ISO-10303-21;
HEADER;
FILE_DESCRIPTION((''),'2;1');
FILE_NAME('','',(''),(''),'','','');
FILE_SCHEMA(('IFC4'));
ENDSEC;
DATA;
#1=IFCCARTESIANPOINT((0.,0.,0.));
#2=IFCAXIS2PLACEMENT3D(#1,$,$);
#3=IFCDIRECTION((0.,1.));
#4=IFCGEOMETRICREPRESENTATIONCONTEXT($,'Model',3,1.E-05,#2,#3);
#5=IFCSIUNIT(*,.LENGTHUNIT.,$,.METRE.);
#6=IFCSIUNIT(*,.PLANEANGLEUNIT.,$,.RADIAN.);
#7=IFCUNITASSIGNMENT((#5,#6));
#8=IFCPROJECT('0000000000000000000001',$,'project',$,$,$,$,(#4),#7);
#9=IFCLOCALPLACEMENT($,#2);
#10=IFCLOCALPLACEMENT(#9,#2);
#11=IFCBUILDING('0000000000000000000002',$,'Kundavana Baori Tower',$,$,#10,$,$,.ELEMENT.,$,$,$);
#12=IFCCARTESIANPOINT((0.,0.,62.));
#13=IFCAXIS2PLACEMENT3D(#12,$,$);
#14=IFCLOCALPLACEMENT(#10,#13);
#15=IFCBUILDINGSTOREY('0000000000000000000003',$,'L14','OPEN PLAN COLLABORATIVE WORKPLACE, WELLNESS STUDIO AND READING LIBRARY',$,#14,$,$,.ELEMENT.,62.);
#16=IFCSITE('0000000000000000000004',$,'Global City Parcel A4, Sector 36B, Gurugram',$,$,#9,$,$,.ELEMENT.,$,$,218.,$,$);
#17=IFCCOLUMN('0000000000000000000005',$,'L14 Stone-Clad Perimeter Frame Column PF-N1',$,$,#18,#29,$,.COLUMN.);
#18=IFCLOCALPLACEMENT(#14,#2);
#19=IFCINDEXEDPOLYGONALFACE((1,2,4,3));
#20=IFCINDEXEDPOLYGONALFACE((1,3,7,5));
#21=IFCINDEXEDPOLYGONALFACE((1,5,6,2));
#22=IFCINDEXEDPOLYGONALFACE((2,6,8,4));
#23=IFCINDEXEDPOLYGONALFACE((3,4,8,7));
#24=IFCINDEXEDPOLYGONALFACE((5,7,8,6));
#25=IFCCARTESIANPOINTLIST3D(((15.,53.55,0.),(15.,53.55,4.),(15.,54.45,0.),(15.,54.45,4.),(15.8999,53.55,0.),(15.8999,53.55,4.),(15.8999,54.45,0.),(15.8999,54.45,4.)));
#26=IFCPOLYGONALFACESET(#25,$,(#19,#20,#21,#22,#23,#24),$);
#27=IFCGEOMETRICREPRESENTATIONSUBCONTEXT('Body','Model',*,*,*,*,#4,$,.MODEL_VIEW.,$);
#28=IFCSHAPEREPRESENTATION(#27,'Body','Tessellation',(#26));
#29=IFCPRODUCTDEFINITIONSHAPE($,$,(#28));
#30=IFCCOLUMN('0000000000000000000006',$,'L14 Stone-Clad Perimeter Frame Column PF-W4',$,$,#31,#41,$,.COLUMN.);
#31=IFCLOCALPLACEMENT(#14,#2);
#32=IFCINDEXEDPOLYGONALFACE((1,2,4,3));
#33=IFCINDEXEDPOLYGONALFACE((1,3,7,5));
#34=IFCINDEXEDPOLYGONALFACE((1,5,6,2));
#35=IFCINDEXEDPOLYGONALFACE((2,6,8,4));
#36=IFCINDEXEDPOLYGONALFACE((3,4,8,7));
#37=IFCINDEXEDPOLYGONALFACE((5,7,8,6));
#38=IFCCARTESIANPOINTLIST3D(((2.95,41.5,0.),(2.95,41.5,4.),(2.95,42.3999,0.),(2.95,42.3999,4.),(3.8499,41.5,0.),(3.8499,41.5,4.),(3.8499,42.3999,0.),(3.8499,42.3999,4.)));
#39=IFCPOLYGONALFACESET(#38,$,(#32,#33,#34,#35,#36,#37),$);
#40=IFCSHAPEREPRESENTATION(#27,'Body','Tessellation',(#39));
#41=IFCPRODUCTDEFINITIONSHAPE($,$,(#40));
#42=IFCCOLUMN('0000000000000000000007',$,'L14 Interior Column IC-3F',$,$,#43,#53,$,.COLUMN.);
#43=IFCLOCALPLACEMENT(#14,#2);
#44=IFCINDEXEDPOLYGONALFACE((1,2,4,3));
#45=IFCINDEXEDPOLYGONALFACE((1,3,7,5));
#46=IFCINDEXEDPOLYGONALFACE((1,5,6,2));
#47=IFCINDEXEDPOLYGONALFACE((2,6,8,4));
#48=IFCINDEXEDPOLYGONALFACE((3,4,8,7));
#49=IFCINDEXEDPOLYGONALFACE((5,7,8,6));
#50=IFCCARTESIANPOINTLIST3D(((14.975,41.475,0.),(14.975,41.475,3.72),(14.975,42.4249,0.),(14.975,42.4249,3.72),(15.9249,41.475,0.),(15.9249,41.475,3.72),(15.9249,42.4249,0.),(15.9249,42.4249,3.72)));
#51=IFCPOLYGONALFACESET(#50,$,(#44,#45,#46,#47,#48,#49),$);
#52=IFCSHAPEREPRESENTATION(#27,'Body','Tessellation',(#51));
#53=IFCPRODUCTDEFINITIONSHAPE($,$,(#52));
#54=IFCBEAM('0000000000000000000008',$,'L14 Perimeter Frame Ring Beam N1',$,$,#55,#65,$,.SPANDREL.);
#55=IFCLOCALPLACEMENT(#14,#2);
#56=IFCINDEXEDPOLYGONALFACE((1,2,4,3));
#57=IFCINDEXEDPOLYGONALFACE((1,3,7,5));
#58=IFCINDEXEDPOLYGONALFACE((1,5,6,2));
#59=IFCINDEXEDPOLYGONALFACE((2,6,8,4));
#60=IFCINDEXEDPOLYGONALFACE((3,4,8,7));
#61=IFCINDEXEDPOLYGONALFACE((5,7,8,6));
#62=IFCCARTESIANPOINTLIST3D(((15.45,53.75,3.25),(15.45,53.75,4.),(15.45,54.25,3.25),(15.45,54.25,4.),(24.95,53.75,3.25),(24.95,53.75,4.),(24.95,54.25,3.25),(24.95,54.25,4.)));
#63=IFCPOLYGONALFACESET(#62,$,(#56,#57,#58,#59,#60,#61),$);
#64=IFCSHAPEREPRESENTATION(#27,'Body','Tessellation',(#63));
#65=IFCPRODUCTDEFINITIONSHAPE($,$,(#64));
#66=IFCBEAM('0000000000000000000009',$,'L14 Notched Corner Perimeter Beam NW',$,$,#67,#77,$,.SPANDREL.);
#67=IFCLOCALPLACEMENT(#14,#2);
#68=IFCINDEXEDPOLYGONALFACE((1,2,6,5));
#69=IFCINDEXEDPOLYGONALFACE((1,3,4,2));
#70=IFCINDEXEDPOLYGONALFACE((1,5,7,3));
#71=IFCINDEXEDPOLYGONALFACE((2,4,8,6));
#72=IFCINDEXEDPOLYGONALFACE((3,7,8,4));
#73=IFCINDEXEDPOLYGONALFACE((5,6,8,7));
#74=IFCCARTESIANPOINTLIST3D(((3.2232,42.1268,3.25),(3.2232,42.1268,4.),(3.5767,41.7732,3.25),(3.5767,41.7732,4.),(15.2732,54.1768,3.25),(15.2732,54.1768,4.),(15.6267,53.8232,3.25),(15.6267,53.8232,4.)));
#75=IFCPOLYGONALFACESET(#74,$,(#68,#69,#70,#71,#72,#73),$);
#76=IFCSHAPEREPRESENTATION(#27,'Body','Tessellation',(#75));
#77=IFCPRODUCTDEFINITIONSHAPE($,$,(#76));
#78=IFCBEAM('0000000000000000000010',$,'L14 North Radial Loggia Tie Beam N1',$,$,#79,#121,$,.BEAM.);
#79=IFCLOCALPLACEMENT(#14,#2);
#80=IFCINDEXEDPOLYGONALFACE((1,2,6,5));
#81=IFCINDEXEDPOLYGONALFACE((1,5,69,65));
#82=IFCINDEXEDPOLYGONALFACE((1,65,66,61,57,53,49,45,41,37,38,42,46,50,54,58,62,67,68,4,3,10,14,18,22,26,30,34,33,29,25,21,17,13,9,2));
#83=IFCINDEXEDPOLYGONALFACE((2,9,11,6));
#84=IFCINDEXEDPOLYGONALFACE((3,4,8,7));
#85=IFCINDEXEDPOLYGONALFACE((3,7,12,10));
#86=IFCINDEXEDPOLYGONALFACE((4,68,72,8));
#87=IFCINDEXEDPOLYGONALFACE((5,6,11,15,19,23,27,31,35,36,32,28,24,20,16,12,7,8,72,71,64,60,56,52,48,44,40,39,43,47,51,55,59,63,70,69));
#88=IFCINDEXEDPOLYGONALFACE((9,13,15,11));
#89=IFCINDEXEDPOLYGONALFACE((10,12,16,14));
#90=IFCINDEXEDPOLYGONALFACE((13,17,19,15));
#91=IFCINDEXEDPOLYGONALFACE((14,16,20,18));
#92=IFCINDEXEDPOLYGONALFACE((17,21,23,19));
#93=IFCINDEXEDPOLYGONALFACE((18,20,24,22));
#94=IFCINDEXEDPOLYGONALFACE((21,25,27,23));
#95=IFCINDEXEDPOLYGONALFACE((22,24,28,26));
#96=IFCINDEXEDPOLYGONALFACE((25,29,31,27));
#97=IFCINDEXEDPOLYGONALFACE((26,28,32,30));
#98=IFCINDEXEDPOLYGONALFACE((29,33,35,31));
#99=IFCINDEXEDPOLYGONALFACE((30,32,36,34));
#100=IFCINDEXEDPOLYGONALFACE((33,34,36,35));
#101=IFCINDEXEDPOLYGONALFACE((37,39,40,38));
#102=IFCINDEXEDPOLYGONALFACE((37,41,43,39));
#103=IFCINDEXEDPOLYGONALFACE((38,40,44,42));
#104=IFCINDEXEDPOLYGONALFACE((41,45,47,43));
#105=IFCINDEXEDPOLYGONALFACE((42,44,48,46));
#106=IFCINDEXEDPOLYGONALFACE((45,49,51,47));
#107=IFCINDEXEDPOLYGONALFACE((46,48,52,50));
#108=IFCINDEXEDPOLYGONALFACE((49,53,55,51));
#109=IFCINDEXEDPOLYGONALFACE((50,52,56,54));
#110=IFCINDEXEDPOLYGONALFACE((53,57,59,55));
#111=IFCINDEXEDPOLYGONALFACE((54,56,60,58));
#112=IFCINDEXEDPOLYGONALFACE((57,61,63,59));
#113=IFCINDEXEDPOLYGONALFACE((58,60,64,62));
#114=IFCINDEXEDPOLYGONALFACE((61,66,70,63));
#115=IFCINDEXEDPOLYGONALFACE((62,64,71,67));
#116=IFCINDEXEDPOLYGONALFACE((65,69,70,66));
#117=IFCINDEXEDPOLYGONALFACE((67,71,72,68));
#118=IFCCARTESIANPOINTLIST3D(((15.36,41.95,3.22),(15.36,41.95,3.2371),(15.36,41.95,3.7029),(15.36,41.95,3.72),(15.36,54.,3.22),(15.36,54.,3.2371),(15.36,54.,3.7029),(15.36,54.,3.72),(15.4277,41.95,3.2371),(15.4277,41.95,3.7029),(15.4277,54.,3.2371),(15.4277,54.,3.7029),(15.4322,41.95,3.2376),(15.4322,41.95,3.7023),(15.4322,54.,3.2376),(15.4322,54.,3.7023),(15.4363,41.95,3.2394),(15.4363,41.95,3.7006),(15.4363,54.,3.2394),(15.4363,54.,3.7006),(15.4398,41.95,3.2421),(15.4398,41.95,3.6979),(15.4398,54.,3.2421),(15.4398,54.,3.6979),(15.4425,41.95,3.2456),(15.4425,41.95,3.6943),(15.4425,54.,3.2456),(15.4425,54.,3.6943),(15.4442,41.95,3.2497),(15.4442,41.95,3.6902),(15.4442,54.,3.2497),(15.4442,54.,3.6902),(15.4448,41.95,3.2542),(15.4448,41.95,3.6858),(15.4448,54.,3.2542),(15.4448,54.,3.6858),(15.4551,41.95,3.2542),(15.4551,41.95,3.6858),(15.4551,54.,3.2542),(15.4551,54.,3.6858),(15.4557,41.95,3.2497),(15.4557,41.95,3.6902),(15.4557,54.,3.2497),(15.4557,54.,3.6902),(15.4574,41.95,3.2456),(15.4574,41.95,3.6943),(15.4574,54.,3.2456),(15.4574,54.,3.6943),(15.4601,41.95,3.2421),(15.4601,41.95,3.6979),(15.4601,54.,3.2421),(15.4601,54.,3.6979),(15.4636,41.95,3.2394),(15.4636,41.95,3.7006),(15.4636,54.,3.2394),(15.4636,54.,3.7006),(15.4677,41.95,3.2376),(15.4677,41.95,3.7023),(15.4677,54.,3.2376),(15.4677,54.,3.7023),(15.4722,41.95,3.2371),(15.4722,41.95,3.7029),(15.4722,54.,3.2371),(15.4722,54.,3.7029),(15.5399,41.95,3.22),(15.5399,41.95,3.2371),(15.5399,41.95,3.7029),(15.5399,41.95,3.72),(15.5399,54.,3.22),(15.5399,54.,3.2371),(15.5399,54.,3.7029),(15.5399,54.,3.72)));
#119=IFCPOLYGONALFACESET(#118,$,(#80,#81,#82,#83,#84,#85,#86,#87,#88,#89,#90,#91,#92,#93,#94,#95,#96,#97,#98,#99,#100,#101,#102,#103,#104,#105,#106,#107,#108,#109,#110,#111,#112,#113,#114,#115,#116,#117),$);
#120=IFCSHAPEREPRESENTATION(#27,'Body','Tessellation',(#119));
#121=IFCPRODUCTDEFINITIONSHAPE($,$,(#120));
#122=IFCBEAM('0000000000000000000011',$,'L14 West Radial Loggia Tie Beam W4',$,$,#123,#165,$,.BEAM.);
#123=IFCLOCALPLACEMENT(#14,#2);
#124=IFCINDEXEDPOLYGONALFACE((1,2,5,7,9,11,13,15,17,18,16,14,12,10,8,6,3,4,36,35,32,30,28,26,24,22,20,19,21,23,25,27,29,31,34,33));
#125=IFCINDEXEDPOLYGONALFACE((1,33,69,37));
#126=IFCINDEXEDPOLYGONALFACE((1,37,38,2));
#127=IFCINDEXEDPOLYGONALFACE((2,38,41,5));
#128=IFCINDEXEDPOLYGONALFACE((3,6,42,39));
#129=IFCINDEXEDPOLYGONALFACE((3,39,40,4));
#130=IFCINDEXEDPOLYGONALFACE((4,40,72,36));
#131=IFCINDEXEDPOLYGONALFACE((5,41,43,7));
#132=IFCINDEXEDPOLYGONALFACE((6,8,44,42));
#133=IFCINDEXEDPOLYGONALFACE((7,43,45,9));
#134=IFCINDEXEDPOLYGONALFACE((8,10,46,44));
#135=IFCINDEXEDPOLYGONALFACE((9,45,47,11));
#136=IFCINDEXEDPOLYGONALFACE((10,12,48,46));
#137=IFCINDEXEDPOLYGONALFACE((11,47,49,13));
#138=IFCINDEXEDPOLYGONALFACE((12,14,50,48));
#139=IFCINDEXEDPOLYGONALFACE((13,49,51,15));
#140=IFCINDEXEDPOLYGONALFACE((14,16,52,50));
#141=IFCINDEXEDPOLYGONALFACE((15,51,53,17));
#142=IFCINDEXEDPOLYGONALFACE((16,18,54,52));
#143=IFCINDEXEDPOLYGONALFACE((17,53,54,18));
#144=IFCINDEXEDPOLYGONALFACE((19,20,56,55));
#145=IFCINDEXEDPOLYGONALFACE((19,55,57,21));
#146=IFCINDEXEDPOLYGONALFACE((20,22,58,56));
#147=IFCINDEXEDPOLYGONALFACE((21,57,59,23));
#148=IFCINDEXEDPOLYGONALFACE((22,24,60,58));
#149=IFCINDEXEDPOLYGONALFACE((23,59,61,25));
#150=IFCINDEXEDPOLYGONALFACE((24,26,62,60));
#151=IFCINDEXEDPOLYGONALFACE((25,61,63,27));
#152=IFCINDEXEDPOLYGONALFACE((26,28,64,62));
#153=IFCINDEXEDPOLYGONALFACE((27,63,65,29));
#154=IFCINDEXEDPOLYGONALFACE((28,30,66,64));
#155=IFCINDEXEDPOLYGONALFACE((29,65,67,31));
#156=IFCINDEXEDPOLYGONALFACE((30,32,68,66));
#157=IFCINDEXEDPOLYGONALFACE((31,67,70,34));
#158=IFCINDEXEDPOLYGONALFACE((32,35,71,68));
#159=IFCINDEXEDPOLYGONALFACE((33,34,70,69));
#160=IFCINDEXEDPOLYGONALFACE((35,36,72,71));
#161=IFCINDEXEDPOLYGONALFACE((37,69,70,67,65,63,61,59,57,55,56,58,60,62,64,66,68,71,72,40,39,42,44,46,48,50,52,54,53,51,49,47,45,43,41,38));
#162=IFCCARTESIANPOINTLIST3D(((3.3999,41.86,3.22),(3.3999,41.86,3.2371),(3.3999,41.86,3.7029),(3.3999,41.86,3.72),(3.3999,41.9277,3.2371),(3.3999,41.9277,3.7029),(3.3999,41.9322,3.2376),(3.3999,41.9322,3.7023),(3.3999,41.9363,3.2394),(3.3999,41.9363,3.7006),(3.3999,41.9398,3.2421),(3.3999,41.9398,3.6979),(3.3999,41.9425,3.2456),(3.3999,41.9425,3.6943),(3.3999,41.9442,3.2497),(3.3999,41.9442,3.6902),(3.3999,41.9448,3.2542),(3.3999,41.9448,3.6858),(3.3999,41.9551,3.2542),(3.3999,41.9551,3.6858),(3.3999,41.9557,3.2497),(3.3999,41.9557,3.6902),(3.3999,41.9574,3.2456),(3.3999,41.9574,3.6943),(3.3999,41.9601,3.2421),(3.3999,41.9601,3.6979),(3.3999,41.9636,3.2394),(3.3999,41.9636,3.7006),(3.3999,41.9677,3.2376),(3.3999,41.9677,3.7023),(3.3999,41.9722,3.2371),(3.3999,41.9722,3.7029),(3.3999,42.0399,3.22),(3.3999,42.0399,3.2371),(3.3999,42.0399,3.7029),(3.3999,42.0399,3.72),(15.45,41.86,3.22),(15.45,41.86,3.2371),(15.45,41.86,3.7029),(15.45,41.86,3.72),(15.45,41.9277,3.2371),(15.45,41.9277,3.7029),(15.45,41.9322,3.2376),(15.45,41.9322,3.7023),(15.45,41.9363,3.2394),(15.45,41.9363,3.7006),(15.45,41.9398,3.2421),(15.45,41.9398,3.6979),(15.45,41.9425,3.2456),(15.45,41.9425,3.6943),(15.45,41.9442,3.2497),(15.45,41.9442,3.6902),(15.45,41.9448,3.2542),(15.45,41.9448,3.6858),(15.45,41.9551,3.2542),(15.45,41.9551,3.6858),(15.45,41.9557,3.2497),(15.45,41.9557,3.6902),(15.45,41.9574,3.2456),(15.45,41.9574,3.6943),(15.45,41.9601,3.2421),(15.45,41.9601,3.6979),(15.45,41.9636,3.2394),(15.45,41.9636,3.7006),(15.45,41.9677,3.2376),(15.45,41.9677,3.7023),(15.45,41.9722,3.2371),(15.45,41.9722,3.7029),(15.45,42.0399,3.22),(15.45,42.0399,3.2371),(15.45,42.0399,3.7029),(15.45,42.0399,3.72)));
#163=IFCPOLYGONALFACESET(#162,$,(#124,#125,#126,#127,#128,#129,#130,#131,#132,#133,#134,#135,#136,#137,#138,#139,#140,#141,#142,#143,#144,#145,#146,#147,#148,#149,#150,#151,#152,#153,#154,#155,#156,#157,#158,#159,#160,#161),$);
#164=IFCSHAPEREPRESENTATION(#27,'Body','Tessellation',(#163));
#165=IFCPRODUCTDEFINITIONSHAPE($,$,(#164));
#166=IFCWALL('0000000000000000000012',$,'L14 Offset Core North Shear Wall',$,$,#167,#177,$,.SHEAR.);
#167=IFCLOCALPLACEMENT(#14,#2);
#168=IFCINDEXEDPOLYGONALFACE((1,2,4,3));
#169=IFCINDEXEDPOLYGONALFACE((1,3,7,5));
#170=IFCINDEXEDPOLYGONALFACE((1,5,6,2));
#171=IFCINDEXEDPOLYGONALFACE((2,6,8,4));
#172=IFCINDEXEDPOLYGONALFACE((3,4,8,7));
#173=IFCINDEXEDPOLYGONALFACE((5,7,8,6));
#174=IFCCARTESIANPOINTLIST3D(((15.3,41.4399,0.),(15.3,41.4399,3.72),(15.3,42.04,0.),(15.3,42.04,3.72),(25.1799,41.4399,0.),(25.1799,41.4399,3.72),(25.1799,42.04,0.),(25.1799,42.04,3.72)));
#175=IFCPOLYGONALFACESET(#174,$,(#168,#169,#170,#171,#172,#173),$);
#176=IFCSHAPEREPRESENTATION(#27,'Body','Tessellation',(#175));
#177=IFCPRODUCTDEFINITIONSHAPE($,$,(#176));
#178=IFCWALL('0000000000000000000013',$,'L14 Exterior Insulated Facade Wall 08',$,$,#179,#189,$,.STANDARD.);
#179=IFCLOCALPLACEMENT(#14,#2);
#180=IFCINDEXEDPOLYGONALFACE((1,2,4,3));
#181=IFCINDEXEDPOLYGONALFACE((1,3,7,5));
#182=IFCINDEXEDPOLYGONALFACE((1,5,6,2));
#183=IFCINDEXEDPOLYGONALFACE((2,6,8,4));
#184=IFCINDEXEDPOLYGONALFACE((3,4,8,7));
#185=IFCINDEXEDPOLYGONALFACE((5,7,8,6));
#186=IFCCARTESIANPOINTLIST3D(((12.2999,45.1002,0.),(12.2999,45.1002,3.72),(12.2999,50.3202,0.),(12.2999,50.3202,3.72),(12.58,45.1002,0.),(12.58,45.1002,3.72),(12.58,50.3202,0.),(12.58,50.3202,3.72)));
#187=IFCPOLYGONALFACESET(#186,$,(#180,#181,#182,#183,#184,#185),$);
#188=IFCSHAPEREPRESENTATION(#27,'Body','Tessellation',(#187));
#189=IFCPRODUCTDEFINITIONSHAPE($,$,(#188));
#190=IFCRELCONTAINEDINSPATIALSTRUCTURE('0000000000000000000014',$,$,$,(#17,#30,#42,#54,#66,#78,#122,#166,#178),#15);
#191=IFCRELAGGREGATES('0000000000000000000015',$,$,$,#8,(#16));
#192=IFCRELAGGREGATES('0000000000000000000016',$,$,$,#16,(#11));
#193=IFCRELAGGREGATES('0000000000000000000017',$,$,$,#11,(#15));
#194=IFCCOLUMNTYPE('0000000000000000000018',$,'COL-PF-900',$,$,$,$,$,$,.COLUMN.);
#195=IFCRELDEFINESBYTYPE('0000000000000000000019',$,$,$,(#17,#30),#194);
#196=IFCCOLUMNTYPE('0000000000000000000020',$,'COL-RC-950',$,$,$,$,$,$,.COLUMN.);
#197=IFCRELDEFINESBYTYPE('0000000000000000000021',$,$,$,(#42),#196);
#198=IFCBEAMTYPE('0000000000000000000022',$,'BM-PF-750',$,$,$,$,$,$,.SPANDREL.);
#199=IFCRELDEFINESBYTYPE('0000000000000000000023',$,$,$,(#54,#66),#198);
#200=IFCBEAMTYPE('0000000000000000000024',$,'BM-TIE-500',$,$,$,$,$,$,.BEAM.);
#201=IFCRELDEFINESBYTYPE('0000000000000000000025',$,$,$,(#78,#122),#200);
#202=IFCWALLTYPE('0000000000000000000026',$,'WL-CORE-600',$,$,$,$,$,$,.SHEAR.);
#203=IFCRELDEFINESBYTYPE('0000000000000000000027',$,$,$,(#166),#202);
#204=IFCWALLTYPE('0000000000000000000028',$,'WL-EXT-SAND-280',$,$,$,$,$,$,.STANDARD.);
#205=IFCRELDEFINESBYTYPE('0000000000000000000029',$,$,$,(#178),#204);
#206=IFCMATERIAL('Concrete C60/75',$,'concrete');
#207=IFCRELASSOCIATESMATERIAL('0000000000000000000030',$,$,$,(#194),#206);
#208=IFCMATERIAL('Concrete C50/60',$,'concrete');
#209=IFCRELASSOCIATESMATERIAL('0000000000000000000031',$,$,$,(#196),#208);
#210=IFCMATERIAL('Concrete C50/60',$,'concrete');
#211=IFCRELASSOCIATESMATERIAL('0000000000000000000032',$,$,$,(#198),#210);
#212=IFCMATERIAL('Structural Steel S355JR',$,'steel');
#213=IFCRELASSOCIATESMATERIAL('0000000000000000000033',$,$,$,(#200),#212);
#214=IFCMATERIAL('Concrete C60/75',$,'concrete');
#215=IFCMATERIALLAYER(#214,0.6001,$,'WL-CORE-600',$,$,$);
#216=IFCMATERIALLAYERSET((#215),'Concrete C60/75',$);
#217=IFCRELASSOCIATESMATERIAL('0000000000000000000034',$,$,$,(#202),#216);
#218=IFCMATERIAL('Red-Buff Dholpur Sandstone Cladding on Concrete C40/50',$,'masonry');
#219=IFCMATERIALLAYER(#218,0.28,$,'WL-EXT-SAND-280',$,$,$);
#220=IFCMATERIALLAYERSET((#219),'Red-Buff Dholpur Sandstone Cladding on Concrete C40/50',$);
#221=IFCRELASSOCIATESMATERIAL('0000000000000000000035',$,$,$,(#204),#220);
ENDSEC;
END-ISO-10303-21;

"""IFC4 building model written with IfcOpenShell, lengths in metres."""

from ifc_helpers import new_model, si_unit, direction, frame, frame_2d, origin, origin_2d, place, context, subcontext, project, spatial, rectangle, i_section, extrude, material, layer, layer_set, material_profile, profile_set, type_object, element, save


model = new_model("IFC4")

# Units and contexts
model_context = context("Model", 3, precision=1e-05, world=origin(), true_north=direction((0.0, 1.0)))
body_context = subcontext(model_context, "Body", "Model", "MODEL_VIEW")
ifc_project = project(units=[si_unit("LENGTHUNIT", "METRE"), si_unit("PLANEANGLEUNIT", "RADIAN")], contexts=[model_context])

# Site, building, storey
site_placement = place(None, origin())
site = spatial("IfcSite", under=ifc_project, at=site_placement, Name="Global City Parcel A4, Sector 36B, Gurugram", CompositionType="ELEMENT", RefElevation=218.0)
building_placement = place(site_placement, origin())
building = spatial("IfcBuilding", under=site, at=building_placement, Name="Kundavana Baori Tower", CompositionType="ELEMENT")
storey_placement = place(building_placement, frame((0.0, 0.0, 62.0)))
storey = spatial("IfcBuildingStorey", under=building, at=storey_placement, Name="L14", Description="OPEN PLAN COLLABORATIVE WORKPLACE, WELLNESS STUDIO AND READING LIBRARY", CompositionType="ELEMENT", Elevation=62.0)

# Columns
ifc_material_1 = material(Name="Concrete C60/75", Category="concrete")
ifc_material_profile_1 = material_profile(ifc_material_1, rectangle(XDim=0.8999, YDim=0.8999, at=origin_2d()), Name="RC PF 900x900")
ifc_profile_set_1 = profile_set([ifc_material_profile_1], Name="Concrete C60/75")
column_type_1 = type_object("IfcColumnType", Name="COL-PF-900", PredefinedType="COLUMN", material=ifc_profile_set_1)
for number, where, z_axis, x_axis, name in (
    (1, (15.45, 54.0, 0.0), (0.0, 0.0, 1.0), (1.0, 0.0, 0.0), "L14 Stone-Clad Perimeter Frame Column PF-N1"),
    (2, (3.3999, 41.95, 0.0), (0.0, 0.0, 1.0), (1.0, 0.0, 0.0), "L14 Stone-Clad Perimeter Frame Column PF-W4"),
):
    element("IfcColumn", number, at=place(storey_placement, frame(where, z_axis=z_axis, x_axis=x_axis)), inside=storey, type_object=column_type_1, Name=name, PredefinedType="COLUMN", context=body_context, shape_type="SweptSolid", body=[
        extrude(rectangle(XDim=0.8999, YDim=0.8999, at=origin_2d()), origin(), (0.0, 0.0, 1.0), 4.0),
    ])
ifc_material_2 = material(Name="Concrete C50/60", Category="concrete")
ifc_material_profile_2 = material_profile(ifc_material_2, rectangle(XDim=0.95, YDim=0.95, at=origin_2d()), Name="RC 950x950")
ifc_profile_set_2 = profile_set([ifc_material_profile_2], Name="Concrete C50/60")
column_type_2 = type_object("IfcColumnType", Name="COL-RC-950", PredefinedType="COLUMN", material=ifc_profile_set_2)
column_placement = place(storey_placement, frame((15.45, 41.95, 0.0), z_axis=(0.0, 0.0, 1.0), x_axis=(1.0, 0.0, 0.0)))
element("IfcColumn", 3, at=column_placement, inside=storey, type_object=column_type_2, Name="L14 Interior Column IC-3F", PredefinedType="COLUMN", context=body_context, shape_type="SweptSolid", body=[
    extrude(rectangle(XDim=0.95, YDim=0.95, at=origin_2d()), origin(), (0.0, 0.0, 1.0), 3.72),
])

# Beams
ifc_material_3 = material(Name="Concrete C50/60", Category="concrete")
ifc_material_profile_3 = material_profile(ifc_material_3, rectangle(XDim=0.5, YDim=0.75, at=origin_2d()), Name="RC BM 500x750")
ifc_profile_set_3 = profile_set([ifc_material_profile_3], Name="Concrete C50/60")
beam_type_1 = type_object("IfcBeamType", Name="BM-PF-750", PredefinedType="SPANDREL", material=ifc_profile_set_3)
beam_1_placement = place(storey_placement, frame((15.45, 54.0, 3.625), z_axis=(1.0, 0.0, 0.0), x_axis=(0.0, 1.0, 0.0)))
element("IfcBeam", 4, at=beam_1_placement, inside=storey, type_object=beam_type_1, Name="L14 Perimeter Frame Ring Beam N1", PredefinedType="SPANDREL", context=body_context, shape_type="SweptSolid", body=[
    extrude(rectangle(XDim=0.5, YDim=0.75, at=origin_2d()), origin(), (0.0, 0.0, 1.0), 9.5),
])
beam_2_placement = place(storey_placement, frame((15.45, 54.0, 3.625), z_axis=(-0.707107, -0.707107, 0.0), x_axis=(0.707107, -0.707107, 0.0)))
element("IfcBeam", 5, at=beam_2_placement, inside=storey, type_object=beam_type_1, Name="L14 Notched Corner Perimeter Beam NW", PredefinedType="SPANDREL", context=body_context, shape_type="SweptSolid", body=[
    extrude(rectangle(XDim=0.5, YDim=0.75, at=origin_2d()), origin(), (0.0, 0.0, 1.0), 17.0413),
])
ifc_material_4 = material(Name="Structural Steel S355JR", Category="steel")
ifc_material_profile_4 = material_profile(ifc_material_4, i_section(OverallWidth=0.1799, OverallDepth=0.5, WebThickness=0.0103, FlangeThickness=0.0171, FilletRadius=0.0171, at=origin_2d()), Name="ISMB 500")
ifc_profile_set_4 = profile_set([ifc_material_profile_4], Name="Structural Steel S355JR")
beam_type_2 = type_object("IfcBeamType", Name="BM-TIE-500", PredefinedType="BEAM", material=ifc_profile_set_4)
for number, where, z_axis, x_axis, name in (
    (6, (15.45, 41.95, 3.47), (0.0, 1.0, 0.0), (-1.0, 0.0, 0.0), "L14 North Radial Loggia Tie Beam N1"),
    (7, (15.45, 41.95, 3.47), (-1.0, 0.0, 0.0), (0.0, -1.0, 0.0), "L14 West Radial Loggia Tie Beam W4"),
):
    element("IfcBeam", number, at=place(storey_placement, frame(where, z_axis=z_axis, x_axis=x_axis)), inside=storey, type_object=beam_type_2, Name=name, PredefinedType="BEAM", context=body_context, shape_type="SweptSolid", body=[
        extrude(i_section(OverallWidth=0.1799, OverallDepth=0.5, WebThickness=0.0103, FlangeThickness=0.0171, FilletRadius=0.0171, at=origin_2d()), origin(), (0.0, 0.0, 1.0), 12.05),
    ])

# Walls
ifc_material_5 = material(Name="Concrete C60/75", Category="concrete")
ifc_layer_1 = layer(ifc_material_5, 0.6001, Name="WL-CORE-600")
ifc_layer_set_1 = layer_set([ifc_layer_1], Name="Concrete C60/75")
wall_type_1 = type_object("IfcWallType", Name="WL-CORE-600", PredefinedType="SHEAR", material=ifc_layer_set_1)
wall_1_placement = place(storey_placement, frame((15.3, 41.74, 0.0), z_axis=(0.0, 0.0, 1.0), x_axis=(1.0, 0.0, 0.0)))
element("IfcWall", 8, at=wall_1_placement, inside=storey, type_object=wall_type_1, Name="L14 Offset Core North Shear Wall", PredefinedType="SHEAR", context=body_context, shape_type="SweptSolid", body=[
    extrude(rectangle(XDim=9.8799, YDim=0.6001, at=frame_2d((4.9399, 0.0))), origin(), (0.0, 0.0, 1.0), 3.72),
])
ifc_material_6 = material(Name="Red-Buff Dholpur Sandstone Cladding on Concrete C40/50", Category="masonry")
ifc_layer_2 = layer(ifc_material_6, 0.28, Name="WL-EXT-SAND-280")
ifc_layer_set_2 = layer_set([ifc_layer_2], Name="Red-Buff Dholpur Sandstone Cladding on Concrete C40/50")
wall_type_2 = type_object("IfcWallType", Name="WL-EXT-SAND-280", PredefinedType="STANDARD", material=ifc_layer_set_2)
wall_2_placement = place(storey_placement, frame((12.4399, 50.3201, 0.0), z_axis=(0.0, 0.0, 1.0), x_axis=(0.0, -1.0, 0.0)))
element("IfcWall", 9, at=wall_2_placement, inside=storey, type_object=wall_type_2, Name="L14 Exterior Insulated Facade Wall 08", PredefinedType="STANDARD", context=body_context, shape_type="SweptSolid", body=[
    extrude(rectangle(XDim=5.22, YDim=0.28, at=frame_2d((2.6099, 0.0))), origin(), (0.0, 0.0, 1.0), 3.72),
])

save(model, "model.ifc")
